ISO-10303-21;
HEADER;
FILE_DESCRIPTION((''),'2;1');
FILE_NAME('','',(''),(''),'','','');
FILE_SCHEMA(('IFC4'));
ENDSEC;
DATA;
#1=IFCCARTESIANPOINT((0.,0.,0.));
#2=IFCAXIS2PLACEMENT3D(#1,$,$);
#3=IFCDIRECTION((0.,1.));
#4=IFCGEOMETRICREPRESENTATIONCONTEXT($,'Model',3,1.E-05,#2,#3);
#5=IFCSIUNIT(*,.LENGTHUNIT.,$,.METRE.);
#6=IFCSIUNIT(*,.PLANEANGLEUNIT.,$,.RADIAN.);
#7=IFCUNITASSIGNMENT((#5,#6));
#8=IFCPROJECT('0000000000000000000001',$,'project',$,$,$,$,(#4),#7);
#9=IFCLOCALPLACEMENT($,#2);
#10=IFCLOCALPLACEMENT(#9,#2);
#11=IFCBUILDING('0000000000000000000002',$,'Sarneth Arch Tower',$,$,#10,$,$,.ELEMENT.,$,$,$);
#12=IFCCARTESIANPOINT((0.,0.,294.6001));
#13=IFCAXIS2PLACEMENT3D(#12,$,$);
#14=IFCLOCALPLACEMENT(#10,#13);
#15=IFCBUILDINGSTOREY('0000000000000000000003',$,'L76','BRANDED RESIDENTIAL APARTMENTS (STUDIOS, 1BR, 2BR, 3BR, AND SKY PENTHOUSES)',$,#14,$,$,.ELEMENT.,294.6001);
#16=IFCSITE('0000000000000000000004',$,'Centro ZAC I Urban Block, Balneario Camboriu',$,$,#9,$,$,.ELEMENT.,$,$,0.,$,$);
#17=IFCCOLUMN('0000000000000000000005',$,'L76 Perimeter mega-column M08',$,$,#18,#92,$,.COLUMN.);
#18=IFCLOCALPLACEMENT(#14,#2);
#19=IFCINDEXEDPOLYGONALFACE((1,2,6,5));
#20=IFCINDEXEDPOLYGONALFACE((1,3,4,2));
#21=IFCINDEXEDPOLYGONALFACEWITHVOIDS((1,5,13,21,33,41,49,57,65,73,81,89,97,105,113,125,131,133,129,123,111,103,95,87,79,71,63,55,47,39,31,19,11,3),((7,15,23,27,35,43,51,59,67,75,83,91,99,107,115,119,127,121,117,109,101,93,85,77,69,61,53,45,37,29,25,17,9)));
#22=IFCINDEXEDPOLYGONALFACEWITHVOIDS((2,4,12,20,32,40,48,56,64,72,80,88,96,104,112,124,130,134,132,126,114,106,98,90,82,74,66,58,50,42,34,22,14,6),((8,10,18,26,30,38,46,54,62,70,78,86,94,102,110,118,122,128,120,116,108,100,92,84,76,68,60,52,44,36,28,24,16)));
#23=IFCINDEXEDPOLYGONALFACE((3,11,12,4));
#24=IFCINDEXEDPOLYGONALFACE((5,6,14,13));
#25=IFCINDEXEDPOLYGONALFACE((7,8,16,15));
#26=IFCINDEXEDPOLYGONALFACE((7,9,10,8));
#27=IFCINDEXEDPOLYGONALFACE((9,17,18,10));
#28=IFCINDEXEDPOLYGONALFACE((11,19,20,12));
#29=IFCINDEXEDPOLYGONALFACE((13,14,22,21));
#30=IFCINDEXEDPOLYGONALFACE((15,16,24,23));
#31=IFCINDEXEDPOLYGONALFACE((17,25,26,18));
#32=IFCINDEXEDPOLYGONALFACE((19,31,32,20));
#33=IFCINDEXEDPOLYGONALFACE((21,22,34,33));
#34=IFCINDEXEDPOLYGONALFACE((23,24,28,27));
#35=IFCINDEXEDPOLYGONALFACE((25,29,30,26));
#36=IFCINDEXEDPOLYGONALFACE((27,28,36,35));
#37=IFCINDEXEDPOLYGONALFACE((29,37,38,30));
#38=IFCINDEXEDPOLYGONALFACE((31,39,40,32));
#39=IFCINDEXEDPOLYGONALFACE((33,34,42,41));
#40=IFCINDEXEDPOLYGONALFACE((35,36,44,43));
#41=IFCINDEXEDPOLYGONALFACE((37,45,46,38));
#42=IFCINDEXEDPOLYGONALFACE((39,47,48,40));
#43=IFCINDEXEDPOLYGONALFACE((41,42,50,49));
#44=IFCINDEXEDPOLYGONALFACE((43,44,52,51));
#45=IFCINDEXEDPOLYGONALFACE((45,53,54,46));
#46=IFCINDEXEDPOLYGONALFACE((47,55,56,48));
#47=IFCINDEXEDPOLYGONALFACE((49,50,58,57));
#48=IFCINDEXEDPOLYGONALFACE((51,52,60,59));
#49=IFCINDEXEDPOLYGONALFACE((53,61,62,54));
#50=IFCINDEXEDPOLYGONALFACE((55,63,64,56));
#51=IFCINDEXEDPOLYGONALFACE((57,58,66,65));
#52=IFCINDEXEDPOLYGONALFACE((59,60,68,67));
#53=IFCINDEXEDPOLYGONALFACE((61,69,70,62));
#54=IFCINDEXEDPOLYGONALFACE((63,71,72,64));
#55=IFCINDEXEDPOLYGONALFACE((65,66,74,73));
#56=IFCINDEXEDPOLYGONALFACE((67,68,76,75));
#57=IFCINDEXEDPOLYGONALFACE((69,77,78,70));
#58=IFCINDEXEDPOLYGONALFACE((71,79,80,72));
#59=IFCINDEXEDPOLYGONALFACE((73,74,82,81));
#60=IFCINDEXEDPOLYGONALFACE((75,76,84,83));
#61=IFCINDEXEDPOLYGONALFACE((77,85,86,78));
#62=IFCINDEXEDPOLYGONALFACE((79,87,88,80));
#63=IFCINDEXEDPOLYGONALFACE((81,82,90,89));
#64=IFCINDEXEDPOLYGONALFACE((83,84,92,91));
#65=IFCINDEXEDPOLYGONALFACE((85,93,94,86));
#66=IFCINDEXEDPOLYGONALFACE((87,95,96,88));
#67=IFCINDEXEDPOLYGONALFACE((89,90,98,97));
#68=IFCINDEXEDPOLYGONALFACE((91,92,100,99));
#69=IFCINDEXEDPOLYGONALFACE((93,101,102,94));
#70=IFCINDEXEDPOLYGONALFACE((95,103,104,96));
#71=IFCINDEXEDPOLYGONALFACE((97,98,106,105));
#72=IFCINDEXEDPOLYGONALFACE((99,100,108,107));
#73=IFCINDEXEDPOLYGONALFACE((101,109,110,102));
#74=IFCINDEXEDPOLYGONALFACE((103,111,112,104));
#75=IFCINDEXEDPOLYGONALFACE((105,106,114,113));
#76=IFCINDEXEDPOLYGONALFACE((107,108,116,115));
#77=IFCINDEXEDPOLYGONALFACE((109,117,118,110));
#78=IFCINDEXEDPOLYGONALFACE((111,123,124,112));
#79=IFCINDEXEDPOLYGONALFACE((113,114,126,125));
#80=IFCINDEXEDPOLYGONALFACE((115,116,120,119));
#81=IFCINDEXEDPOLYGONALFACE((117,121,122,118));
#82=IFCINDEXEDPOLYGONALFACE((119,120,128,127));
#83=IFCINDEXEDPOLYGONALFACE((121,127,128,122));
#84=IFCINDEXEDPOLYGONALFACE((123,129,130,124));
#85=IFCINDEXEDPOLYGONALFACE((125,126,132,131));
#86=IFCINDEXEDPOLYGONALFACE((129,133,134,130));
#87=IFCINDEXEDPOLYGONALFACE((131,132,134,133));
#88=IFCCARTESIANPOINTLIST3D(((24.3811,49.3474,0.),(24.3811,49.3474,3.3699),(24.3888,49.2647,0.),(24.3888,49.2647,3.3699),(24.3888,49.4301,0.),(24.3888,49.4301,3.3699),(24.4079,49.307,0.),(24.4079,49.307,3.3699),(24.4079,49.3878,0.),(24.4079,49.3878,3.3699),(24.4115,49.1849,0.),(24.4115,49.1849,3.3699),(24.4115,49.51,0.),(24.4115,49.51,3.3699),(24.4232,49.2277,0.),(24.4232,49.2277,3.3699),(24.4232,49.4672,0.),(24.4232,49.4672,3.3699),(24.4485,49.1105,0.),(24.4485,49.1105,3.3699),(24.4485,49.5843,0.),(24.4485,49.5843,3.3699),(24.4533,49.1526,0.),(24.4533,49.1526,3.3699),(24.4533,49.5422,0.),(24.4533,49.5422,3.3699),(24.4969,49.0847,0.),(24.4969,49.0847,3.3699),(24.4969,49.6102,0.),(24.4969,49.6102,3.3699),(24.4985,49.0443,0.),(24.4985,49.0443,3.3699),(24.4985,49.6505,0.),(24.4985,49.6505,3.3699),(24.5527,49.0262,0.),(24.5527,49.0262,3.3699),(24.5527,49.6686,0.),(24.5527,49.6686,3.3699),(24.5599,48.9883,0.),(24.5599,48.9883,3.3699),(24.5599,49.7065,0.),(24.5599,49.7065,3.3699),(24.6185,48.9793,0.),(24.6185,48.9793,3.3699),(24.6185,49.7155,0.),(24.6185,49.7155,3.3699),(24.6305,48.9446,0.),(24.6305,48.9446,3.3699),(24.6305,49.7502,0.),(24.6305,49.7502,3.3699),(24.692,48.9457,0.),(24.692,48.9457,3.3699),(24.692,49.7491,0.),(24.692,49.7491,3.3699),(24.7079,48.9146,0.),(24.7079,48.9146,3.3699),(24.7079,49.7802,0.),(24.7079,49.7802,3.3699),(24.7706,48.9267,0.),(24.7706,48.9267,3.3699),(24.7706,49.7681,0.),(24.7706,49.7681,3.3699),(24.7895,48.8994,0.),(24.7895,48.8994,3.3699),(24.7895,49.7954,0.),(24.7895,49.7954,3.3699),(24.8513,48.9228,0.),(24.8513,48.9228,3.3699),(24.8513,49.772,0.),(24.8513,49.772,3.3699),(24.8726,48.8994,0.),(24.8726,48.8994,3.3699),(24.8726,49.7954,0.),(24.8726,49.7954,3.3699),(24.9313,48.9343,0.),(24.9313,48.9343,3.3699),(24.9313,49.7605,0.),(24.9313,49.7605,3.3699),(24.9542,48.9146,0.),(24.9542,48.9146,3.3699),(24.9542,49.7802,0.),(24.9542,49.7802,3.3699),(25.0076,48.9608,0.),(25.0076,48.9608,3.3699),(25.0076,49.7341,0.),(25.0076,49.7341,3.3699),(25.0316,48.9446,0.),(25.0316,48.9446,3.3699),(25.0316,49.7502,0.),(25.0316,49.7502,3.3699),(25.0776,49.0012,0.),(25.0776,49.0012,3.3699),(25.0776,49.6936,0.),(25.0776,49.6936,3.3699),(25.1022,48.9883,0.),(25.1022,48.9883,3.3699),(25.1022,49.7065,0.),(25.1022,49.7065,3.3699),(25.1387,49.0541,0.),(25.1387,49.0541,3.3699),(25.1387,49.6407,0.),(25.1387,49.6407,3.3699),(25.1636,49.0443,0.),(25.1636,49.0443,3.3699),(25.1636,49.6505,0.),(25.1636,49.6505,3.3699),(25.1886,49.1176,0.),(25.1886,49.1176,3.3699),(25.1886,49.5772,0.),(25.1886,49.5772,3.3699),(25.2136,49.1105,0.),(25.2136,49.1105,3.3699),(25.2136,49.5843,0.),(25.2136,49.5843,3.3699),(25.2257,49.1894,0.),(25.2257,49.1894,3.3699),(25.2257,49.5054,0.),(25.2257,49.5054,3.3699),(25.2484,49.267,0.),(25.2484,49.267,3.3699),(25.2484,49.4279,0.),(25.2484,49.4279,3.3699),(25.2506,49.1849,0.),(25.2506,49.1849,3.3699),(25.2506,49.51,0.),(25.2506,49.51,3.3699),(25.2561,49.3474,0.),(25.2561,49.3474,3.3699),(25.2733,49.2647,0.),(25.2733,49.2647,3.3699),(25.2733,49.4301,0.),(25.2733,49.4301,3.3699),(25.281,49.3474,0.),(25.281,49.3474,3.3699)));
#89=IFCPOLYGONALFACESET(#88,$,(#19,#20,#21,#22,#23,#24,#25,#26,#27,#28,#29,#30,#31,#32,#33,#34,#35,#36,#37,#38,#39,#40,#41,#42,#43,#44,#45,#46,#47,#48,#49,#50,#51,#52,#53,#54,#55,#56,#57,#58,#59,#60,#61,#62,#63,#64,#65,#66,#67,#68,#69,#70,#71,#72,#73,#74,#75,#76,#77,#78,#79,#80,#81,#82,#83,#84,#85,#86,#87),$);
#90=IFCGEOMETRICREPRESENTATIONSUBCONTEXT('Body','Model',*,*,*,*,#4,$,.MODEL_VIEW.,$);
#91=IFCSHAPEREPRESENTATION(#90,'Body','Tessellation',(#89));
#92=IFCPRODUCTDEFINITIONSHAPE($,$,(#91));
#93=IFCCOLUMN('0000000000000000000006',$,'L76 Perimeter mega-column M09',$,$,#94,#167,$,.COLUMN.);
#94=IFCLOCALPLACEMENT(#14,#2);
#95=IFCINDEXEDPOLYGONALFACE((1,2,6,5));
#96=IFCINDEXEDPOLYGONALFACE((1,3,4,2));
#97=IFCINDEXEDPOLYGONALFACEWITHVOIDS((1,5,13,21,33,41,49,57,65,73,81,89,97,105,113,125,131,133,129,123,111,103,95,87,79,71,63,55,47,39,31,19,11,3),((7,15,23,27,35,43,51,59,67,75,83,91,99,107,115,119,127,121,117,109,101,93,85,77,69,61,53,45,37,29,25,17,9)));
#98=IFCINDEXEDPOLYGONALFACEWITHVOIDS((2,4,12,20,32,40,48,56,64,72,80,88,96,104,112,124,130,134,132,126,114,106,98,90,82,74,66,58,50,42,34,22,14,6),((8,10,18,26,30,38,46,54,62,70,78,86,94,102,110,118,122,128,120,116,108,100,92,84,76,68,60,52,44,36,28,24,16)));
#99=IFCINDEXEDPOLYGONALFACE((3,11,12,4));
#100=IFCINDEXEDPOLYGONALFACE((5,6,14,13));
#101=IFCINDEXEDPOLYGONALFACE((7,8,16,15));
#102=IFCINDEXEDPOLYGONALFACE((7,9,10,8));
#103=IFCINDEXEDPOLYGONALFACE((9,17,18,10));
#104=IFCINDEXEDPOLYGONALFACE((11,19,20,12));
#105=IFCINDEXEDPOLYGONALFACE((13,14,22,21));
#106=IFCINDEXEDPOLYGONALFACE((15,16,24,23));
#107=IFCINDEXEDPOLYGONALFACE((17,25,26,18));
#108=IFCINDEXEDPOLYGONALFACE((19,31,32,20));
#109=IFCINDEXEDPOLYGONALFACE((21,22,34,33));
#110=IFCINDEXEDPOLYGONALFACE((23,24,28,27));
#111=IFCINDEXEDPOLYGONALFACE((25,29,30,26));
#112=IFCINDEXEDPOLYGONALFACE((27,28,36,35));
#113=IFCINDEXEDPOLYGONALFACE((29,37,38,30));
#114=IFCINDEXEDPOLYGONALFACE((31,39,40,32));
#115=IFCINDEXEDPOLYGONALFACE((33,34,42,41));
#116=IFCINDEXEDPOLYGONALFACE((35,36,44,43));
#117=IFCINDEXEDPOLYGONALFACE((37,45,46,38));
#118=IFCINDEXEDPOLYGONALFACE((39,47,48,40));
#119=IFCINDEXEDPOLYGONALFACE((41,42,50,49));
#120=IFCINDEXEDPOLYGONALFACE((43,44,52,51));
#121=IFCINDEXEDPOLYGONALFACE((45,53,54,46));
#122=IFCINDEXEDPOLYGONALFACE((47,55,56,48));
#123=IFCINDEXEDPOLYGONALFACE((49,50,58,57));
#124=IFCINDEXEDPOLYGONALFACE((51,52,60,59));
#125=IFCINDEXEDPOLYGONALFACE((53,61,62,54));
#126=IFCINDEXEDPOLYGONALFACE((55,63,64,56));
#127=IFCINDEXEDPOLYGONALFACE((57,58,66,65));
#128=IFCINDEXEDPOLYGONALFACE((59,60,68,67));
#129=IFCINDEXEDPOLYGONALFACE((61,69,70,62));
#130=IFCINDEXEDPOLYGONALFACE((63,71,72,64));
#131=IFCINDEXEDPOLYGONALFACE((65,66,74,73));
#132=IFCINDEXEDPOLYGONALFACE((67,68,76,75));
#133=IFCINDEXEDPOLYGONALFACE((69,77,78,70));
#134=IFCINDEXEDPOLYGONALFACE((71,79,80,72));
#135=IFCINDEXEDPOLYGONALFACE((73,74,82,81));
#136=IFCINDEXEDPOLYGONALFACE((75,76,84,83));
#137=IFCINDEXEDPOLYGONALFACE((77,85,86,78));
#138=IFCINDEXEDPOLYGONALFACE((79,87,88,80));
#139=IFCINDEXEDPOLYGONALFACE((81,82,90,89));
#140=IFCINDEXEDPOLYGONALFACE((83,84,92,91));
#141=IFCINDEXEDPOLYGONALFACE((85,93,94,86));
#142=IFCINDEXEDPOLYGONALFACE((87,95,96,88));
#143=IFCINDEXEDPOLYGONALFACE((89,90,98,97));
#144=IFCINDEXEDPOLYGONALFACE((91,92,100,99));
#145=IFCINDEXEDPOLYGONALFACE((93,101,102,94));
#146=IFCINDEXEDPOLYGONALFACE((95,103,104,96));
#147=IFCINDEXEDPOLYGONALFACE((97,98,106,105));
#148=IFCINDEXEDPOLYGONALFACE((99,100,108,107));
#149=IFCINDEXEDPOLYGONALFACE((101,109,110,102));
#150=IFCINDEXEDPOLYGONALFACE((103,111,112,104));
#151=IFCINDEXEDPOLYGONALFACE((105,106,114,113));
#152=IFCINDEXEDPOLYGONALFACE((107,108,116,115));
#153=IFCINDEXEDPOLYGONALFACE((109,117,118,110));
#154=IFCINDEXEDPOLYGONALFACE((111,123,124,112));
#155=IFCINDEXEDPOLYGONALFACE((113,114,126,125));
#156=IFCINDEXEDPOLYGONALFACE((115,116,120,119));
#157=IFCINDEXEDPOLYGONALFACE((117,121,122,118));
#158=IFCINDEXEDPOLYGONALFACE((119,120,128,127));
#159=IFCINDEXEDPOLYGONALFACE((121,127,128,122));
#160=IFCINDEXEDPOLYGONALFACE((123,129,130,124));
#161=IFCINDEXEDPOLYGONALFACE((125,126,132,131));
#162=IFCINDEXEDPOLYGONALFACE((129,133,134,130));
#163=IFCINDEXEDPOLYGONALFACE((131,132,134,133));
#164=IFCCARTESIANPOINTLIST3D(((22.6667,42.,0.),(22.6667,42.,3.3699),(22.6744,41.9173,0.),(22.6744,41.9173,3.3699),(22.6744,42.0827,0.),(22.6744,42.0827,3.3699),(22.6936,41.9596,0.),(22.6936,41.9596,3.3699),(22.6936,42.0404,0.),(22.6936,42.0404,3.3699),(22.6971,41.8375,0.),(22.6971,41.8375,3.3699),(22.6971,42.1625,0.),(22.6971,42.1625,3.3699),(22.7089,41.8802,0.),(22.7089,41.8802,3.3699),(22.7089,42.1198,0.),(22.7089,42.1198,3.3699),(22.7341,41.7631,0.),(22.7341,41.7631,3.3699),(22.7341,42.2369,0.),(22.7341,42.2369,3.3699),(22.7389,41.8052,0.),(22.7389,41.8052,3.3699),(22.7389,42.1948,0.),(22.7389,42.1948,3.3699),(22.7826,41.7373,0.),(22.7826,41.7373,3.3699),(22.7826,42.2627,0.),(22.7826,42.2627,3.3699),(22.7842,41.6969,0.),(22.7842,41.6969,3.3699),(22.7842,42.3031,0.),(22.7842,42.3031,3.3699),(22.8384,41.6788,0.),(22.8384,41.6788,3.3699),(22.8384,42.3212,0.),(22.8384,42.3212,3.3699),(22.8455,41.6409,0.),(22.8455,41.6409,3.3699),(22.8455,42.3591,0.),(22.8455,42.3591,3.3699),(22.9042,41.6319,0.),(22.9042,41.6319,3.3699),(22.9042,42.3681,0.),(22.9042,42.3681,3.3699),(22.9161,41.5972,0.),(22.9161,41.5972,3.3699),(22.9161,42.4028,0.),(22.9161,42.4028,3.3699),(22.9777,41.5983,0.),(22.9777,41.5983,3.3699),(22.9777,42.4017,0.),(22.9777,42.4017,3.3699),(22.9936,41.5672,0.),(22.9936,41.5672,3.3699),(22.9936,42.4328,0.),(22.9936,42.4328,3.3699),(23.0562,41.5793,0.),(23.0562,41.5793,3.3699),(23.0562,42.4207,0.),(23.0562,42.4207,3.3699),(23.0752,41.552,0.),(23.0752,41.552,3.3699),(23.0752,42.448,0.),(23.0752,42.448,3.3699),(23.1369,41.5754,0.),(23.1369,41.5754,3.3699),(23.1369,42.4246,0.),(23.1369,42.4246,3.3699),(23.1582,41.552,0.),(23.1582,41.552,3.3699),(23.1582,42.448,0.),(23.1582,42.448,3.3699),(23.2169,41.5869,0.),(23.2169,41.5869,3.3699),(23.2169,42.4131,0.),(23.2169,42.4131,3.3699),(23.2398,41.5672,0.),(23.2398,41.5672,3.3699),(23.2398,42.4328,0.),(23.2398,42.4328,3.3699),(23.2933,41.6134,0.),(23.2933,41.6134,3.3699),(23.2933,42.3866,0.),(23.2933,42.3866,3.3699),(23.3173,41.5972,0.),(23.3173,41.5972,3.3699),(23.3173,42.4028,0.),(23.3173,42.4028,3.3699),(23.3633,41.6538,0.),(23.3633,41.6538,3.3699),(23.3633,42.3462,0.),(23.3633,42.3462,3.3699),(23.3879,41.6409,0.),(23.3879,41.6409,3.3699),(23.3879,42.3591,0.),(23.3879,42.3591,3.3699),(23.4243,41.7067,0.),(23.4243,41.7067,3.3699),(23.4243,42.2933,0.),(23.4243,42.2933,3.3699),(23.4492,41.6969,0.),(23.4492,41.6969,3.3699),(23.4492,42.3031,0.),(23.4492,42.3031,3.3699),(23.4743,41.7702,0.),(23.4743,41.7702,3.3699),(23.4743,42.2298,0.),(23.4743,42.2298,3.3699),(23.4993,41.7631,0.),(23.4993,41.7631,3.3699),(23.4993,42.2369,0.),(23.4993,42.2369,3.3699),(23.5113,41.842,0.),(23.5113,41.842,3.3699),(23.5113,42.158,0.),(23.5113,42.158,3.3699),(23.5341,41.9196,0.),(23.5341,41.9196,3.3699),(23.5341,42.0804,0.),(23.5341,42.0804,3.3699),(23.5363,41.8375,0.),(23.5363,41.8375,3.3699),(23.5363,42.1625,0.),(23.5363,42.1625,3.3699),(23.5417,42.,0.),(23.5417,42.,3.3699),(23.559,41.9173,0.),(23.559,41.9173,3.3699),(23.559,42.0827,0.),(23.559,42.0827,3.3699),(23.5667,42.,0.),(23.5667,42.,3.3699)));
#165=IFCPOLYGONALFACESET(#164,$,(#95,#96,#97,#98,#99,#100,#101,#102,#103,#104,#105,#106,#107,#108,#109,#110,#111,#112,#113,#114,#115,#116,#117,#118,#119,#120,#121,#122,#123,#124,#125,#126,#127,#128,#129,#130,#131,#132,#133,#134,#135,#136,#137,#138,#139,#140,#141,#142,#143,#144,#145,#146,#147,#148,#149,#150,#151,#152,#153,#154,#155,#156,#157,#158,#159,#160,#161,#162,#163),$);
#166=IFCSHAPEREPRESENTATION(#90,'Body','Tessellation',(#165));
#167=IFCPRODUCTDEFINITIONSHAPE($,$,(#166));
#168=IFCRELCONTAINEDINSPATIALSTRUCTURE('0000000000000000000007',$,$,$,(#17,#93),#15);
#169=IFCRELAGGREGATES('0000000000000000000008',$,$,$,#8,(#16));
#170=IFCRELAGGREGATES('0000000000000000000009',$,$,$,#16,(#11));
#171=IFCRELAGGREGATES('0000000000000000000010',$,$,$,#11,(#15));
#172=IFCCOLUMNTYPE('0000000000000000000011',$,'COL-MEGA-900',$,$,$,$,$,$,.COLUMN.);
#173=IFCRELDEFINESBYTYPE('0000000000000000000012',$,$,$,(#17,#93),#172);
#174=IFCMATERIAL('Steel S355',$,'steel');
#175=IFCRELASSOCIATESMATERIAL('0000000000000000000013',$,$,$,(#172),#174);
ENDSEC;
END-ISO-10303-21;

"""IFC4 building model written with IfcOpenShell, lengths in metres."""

from ifc_helpers import new_model, si_unit, direction, frame, origin, origin_2d, place, context, subcontext, project, spatial, hollow_circle, extrude, material, material_profile, profile_set, type_object, element, save


model = new_model("IFC4")

# Units and contexts
model_context = context("Model", 3, precision=1e-05, world=origin(), true_north=direction((0.0, 1.0)))
body_context = subcontext(model_context, "Body", "Model", "MODEL_VIEW")
ifc_project = project(units=[si_unit("LENGTHUNIT", "METRE"), si_unit("PLANEANGLEUNIT", "RADIAN")], contexts=[model_context])

# Site, building, storey
site_placement = place(None, origin())
site = spatial("IfcSite", under=ifc_project, at=site_placement, Name="Centro ZAC I Urban Block, Balneario Camboriu", CompositionType="ELEMENT", RefElevation=0.0)
building_placement = place(site_placement, origin())
building = spatial("IfcBuilding", under=site, at=building_placement, Name="Sarneth Arch Tower", CompositionType="ELEMENT")
storey_placement = place(building_placement, frame((0.0, 0.0, 294.6001)))
storey = spatial("IfcBuildingStorey", under=building, at=storey_placement, Name="L76", Description="BRANDED RESIDENTIAL APARTMENTS (STUDIOS, 1BR, 2BR, 3BR, AND SKY PENTHOUSES)", CompositionType="ELEMENT", Elevation=294.6001)

# Columns
ifc_material_1 = material(Name="Steel S355", Category="steel")
ifc_material_profile_1 = material_profile(ifc_material_1, hollow_circle(Radius=0.45, WallThickness=0.0249, at=origin_2d()), Name="CHS900x25")
ifc_profile_set_1 = profile_set([ifc_material_profile_1], Name="Steel S355")
column_type = type_object("IfcColumnType", Name="COL-MEGA-900", PredefinedType="COLUMN", material=ifc_profile_set_1)
for number, where, z_axis, x_axis, name in (
    (1, (24.8311, 49.3474, 0.0), (0.0, 0.0, 1.0), (1.0, 0.0, 0.0), "L76 Perimeter mega-column M08"),
    (2, (23.1167, 42.0, 0.0), (0.0, 0.0, 1.0), (1.0, 0.0, 0.0), "L76 Perimeter mega-column M09"),
):
    element("IfcColumn", number, at=place(storey_placement, frame(where, z_axis=z_axis, x_axis=x_axis)), inside=storey, type_object=column_type, Name=name, PredefinedType="COLUMN", context=body_context, shape_type="SweptSolid", body=[
        extrude(hollow_circle(Radius=0.45, WallThickness=0.0249, at=origin_2d()), origin(), (0.0, 0.0, 1.0), 3.3699),
    ])

save(model, "model.ifc")
